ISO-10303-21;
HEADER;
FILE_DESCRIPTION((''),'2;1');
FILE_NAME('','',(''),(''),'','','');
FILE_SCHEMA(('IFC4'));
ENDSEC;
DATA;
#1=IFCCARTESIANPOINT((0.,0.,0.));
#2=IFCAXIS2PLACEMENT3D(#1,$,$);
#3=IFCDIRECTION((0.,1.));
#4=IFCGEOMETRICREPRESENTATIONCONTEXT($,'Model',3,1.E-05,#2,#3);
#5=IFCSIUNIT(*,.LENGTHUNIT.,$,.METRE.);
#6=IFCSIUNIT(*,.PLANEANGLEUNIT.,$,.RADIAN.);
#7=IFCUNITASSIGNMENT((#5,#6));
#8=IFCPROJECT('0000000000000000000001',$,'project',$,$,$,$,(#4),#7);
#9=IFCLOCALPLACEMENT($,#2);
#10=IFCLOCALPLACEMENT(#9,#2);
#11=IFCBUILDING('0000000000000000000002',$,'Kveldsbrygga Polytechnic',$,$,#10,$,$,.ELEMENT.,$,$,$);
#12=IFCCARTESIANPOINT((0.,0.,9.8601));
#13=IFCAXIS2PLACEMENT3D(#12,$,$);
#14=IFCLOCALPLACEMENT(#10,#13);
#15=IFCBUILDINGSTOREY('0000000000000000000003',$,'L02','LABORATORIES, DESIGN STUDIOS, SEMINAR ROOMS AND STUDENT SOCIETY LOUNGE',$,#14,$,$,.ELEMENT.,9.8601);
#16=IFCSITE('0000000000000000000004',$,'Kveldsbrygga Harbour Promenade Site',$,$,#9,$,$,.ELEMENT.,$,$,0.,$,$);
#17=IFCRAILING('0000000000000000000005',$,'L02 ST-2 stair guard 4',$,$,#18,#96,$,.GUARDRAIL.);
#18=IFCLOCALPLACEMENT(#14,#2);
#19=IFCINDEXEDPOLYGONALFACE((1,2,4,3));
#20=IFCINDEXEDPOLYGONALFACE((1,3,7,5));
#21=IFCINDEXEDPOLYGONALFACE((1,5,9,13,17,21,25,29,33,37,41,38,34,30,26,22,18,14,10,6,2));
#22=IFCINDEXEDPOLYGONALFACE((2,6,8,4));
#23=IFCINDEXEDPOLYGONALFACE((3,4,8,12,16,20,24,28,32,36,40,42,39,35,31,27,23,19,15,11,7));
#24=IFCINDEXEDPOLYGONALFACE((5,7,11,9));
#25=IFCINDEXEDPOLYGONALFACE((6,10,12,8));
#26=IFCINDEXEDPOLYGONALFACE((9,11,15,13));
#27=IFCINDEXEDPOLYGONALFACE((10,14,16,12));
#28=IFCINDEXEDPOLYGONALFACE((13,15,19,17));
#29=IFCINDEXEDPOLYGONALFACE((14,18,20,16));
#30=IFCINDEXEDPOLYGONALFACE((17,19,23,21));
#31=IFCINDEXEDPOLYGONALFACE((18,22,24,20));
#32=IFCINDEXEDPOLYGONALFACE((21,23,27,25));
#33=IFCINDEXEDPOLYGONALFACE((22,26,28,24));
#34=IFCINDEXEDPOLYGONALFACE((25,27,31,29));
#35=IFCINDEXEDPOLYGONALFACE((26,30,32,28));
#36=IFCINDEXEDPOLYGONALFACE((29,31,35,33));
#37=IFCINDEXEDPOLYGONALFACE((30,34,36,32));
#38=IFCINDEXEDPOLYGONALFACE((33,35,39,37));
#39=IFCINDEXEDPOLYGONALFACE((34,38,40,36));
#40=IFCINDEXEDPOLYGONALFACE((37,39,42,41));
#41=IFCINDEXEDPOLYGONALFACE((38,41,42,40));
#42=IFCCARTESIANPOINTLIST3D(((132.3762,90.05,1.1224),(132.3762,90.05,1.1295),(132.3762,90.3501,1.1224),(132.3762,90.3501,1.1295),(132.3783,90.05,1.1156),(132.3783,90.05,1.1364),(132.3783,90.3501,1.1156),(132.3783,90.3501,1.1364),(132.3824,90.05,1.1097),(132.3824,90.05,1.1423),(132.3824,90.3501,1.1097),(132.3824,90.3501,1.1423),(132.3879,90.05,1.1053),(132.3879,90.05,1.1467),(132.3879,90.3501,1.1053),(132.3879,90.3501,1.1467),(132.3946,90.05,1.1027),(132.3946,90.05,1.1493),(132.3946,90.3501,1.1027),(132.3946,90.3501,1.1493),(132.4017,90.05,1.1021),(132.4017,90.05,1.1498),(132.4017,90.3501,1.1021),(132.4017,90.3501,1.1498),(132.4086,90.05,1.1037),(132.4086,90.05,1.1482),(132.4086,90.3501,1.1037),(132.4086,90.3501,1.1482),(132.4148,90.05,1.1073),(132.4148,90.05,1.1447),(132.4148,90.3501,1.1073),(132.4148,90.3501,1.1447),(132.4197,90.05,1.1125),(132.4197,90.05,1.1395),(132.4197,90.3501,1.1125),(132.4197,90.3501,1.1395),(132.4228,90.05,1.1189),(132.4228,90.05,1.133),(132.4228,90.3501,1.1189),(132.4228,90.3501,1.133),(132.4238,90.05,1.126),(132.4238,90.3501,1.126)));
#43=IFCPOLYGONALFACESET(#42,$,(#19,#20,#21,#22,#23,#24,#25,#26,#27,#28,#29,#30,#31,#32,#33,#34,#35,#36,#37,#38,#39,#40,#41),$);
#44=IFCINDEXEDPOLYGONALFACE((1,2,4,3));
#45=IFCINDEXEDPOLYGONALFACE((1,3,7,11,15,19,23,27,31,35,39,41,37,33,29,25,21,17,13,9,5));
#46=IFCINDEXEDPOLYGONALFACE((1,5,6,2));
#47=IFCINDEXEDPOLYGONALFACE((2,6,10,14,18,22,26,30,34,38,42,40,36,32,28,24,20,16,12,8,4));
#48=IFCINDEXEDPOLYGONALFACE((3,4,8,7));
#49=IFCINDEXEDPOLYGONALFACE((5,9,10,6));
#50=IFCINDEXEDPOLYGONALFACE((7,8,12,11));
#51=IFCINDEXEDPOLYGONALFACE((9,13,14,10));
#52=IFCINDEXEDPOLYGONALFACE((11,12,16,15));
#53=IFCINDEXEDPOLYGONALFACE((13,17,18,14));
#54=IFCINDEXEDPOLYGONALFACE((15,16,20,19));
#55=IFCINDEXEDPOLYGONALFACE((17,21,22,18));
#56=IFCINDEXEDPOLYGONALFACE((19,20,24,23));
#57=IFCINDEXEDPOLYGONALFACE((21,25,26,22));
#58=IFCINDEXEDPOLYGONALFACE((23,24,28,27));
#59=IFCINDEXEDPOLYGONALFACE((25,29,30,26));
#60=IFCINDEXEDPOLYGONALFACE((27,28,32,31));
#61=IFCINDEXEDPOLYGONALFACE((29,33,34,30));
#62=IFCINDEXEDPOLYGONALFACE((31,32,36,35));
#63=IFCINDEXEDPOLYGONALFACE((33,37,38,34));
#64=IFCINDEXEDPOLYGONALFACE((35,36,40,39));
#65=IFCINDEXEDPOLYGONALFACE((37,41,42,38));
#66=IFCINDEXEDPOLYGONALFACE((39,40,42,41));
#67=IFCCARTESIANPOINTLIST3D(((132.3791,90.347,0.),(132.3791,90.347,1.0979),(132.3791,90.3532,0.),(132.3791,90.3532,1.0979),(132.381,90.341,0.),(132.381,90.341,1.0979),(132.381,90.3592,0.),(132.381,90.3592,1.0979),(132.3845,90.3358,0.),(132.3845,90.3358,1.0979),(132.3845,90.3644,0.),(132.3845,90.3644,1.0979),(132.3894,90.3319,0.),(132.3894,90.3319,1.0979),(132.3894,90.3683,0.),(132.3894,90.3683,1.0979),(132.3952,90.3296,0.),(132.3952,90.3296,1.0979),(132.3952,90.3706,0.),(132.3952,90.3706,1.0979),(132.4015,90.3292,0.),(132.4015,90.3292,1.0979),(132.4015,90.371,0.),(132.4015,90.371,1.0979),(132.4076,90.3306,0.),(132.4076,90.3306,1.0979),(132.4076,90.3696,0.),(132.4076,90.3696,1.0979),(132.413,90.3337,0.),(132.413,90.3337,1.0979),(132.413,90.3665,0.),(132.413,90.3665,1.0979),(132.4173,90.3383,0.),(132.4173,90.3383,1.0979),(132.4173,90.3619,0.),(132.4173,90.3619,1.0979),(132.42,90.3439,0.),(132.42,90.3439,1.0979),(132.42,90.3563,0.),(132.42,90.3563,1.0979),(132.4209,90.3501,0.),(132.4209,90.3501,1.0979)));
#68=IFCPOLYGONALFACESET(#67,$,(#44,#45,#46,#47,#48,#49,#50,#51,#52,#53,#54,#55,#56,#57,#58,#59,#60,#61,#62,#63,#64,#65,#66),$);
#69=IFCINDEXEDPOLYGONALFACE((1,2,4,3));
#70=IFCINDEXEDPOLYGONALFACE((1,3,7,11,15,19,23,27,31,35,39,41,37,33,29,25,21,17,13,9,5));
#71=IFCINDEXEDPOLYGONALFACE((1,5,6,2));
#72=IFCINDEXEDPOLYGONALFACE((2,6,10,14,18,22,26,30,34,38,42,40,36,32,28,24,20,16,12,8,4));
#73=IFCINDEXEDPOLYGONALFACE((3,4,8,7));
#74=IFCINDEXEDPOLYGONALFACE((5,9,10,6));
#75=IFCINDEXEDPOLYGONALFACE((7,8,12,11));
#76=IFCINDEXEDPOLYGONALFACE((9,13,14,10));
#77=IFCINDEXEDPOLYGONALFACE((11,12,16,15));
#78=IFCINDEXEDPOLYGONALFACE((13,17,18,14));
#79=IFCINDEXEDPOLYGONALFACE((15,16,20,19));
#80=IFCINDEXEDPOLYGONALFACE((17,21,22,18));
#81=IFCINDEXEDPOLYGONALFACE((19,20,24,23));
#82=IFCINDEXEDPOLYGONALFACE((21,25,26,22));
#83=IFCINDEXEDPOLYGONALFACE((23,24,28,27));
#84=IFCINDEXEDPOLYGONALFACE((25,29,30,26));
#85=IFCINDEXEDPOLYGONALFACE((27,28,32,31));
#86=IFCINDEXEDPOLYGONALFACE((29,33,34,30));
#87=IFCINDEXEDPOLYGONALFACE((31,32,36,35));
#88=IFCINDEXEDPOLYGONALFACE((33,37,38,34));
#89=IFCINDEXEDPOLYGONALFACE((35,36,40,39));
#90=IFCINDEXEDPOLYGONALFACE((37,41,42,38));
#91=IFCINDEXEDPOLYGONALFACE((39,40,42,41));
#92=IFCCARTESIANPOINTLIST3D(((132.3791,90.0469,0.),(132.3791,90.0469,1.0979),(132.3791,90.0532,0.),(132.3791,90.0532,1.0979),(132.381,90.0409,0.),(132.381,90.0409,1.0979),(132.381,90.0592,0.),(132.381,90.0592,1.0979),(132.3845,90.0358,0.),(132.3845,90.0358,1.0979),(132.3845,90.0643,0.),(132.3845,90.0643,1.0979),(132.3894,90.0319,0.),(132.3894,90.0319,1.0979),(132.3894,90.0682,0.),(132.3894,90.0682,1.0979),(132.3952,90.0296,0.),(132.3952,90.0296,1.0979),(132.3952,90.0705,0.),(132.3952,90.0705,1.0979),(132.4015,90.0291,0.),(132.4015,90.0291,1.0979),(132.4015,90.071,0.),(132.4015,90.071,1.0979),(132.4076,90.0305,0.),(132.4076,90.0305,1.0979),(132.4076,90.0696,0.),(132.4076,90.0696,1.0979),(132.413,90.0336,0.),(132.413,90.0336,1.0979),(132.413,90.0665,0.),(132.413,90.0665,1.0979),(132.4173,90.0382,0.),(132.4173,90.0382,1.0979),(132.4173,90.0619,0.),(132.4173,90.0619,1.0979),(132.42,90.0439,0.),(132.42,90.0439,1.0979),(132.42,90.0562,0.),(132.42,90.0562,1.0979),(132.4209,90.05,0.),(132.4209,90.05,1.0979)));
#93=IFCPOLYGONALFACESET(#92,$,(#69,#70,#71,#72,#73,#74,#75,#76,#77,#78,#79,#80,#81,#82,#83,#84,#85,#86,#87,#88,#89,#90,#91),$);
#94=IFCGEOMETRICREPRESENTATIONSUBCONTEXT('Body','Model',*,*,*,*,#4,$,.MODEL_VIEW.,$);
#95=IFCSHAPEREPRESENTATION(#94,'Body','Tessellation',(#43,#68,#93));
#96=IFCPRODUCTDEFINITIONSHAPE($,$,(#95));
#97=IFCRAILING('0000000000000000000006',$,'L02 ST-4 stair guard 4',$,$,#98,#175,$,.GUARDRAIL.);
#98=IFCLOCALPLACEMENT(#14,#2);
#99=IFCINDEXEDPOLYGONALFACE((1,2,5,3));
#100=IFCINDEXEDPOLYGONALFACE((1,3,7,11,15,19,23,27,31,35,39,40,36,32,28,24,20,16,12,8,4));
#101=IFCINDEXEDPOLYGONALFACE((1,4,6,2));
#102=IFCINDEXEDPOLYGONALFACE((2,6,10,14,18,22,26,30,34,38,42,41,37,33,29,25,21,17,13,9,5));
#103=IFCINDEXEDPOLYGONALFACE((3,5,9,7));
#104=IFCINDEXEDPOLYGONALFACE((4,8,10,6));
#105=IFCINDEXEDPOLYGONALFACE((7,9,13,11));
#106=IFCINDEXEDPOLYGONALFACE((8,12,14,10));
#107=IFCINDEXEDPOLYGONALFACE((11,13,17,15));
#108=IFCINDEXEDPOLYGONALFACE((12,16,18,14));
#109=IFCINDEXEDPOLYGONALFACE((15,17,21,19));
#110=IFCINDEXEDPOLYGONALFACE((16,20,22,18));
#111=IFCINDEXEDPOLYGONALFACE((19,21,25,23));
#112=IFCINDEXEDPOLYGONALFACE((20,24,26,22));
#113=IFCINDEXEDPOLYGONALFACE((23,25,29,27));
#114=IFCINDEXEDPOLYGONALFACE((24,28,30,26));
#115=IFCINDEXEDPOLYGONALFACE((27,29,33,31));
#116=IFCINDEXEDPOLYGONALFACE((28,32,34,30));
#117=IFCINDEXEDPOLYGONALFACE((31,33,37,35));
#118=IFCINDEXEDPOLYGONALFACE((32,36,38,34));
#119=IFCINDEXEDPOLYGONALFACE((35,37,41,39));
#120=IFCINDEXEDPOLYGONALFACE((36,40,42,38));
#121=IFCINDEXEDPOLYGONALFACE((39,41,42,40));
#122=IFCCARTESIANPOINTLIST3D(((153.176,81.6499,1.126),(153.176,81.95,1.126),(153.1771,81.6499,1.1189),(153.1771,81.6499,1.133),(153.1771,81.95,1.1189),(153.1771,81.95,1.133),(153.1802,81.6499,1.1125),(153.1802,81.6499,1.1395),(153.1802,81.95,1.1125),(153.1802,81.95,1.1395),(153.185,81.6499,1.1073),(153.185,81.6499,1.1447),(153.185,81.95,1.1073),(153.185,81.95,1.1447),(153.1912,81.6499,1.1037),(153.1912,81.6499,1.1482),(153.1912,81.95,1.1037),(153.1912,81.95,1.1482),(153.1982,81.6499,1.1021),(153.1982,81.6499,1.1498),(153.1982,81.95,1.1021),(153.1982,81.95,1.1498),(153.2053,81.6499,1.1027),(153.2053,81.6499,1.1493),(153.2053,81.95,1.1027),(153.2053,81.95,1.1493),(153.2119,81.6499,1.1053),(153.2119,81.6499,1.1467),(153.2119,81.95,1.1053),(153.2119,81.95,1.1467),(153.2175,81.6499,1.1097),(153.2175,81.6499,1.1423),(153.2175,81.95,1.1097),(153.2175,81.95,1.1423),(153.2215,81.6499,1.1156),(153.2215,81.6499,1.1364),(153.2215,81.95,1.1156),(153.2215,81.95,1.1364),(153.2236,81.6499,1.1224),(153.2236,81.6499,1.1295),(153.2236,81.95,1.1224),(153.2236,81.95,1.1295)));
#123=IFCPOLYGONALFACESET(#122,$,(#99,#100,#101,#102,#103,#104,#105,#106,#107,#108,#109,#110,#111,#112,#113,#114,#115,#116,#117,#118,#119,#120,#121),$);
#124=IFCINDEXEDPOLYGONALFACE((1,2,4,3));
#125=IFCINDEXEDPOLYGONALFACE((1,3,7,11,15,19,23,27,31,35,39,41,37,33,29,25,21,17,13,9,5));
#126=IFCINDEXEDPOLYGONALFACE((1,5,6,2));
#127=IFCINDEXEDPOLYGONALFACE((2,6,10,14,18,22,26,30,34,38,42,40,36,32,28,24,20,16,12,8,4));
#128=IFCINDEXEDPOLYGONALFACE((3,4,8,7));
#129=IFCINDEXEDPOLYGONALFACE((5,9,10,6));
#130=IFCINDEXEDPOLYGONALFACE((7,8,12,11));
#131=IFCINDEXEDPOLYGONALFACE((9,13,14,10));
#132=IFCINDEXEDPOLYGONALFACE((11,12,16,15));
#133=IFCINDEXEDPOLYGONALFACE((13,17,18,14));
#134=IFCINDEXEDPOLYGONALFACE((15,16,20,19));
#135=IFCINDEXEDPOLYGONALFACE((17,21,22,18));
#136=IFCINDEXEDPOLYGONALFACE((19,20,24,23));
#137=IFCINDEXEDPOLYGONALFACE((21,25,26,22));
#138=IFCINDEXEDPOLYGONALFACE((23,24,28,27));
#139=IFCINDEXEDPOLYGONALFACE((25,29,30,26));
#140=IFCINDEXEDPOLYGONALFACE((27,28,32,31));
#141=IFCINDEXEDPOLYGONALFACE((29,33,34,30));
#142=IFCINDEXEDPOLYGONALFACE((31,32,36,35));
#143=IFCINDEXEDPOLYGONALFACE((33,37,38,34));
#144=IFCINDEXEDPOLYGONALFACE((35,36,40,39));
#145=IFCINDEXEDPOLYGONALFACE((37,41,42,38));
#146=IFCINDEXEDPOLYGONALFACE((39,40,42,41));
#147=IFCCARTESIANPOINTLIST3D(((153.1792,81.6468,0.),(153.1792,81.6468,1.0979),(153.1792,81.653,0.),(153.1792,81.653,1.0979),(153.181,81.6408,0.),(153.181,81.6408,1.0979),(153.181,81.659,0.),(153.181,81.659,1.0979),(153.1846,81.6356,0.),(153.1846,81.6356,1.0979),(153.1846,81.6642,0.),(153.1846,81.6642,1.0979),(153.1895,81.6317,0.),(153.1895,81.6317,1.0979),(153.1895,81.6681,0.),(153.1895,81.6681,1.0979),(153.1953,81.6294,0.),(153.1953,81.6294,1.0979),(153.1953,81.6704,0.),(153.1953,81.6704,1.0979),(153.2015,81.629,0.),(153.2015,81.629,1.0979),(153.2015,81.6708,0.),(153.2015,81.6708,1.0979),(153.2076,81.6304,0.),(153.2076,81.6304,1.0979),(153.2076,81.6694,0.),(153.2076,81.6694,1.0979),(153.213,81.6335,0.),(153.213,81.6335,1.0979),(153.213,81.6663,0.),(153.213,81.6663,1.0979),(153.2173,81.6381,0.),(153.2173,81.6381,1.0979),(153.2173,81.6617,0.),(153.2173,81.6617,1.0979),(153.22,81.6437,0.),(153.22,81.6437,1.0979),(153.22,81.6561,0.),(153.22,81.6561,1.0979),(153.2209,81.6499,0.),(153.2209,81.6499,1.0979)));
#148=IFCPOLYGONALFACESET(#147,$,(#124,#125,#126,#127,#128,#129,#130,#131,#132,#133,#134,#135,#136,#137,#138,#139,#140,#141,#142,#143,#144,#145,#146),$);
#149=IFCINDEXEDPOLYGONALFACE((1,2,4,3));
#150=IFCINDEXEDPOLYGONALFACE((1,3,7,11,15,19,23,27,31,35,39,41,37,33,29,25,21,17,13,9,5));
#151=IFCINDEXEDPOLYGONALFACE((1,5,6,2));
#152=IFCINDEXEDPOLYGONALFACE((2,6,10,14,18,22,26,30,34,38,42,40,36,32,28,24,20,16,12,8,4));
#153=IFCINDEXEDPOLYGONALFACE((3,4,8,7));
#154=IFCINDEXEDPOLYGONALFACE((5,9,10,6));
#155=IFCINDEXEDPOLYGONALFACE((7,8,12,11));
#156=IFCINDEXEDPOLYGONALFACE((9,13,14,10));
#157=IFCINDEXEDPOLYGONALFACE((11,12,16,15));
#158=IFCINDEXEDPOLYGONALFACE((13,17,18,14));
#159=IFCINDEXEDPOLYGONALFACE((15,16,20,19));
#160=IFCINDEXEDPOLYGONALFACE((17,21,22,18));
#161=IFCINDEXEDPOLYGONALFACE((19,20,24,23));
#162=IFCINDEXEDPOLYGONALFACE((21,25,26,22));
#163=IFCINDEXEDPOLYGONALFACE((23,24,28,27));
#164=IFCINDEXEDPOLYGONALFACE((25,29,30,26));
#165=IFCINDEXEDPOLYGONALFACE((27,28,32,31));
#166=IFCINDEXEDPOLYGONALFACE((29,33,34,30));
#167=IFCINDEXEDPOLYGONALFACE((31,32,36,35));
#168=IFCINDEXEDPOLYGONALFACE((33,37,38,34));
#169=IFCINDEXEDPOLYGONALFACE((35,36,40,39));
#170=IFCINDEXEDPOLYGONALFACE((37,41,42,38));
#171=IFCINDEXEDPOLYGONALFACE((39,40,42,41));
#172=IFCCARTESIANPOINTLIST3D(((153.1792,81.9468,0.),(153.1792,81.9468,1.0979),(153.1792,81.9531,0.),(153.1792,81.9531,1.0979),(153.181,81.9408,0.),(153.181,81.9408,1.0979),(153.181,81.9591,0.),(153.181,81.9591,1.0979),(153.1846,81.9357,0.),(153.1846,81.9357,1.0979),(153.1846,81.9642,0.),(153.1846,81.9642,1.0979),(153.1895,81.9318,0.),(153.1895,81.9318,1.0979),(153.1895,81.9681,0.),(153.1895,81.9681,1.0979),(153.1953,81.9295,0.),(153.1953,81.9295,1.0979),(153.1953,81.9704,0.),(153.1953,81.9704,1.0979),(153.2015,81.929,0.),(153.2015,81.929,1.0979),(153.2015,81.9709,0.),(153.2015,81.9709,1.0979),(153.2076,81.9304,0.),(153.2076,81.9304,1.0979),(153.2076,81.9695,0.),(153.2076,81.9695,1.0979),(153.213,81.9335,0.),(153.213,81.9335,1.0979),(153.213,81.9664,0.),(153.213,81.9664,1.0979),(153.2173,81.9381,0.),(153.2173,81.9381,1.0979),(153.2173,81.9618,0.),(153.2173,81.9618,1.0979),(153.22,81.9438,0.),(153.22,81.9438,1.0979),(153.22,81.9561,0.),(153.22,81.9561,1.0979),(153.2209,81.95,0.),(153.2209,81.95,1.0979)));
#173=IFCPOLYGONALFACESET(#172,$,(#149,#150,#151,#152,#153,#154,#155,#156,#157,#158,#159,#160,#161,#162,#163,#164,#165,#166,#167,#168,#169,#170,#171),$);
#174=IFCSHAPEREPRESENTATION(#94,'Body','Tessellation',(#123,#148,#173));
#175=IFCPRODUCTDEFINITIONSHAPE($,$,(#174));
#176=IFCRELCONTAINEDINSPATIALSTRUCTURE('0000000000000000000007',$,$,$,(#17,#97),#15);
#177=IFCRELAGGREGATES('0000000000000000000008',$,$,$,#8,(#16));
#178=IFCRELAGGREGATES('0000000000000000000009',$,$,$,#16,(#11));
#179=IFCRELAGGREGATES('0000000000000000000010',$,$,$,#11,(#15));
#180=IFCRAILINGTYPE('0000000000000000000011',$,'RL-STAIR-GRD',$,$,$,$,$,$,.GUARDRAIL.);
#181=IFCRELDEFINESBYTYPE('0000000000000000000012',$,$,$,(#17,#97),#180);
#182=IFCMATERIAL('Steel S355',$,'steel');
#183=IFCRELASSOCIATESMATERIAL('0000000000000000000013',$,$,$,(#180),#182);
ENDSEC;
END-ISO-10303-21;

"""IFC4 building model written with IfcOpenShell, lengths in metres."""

from ifc_helpers import new_model, si_unit, direction, frame, origin, origin_2d, place, context, subcontext, project, spatial, circle, extrude, material, type_object, element, save


model = new_model("IFC4")

# Units and contexts
model_context = context("Model", 3, precision=1e-05, world=origin(), true_north=direction((0.0, 1.0)))
body_context = subcontext(model_context, "Body", "Model", "MODEL_VIEW")
ifc_project = project(units=[si_unit("LENGTHUNIT", "METRE"), si_unit("PLANEANGLEUNIT", "RADIAN")], contexts=[model_context])

# Site, building, storey
site_placement = place(None, origin())
site = spatial("IfcSite", under=ifc_project, at=site_placement, Name="Kveldsbrygga Harbour Promenade Site", CompositionType="ELEMENT", RefElevation=0.0)
building_placement = place(site_placement, origin())
building = spatial("IfcBuilding", under=site, at=building_placement, Name="Kveldsbrygga Polytechnic", CompositionType="ELEMENT")
storey_placement = place(building_placement, frame((0.0, 0.0, 9.8601)))
storey = spatial("IfcBuildingStorey", under=building, at=storey_placement, Name="L02", Description="LABORATORIES, DESIGN STUDIOS, SEMINAR ROOMS AND STUDENT SOCIETY LOUNGE", CompositionType="ELEMENT", Elevation=9.8601)

# Shared definitions
ifc_material_1 = material(Name="Steel S355", Category="steel")

# Railings
railing_type_1 = type_object("IfcRailingType", Name="RL-STAIR-GRD", PredefinedType="GUARDRAIL", material=ifc_material_1)
railing_1_placement = place(storey_placement, frame((132.3999, 90.3501, 0.0)))
element("IfcRailing", 1, at=railing_1_placement, inside=storey, type_object=railing_type_1, Name="L02 ST-2 stair guard 4", PredefinedType="GUARDRAIL", context=body_context, shape_type="SweptSolid", body=[
    extrude(circle(Radius=0.0239, at=origin_2d()), frame((0.0, 0.0, 1.126), z_axis=(0.0, -1.0, 0.0), x_axis=(1.0, 0.0, 0.0)), (0.0, 0.0, 1.0), 0.3),
    extrude(circle(Radius=0.021, at=origin_2d()), origin(), (0.0, 0.0, 1.0), 1.0979),
    extrude(circle(Radius=0.021, at=origin_2d()), frame((0.0, -0.3, 0.0)), (0.0, 0.0, 1.0), 1.0979),
])
railing_2_placement = place(storey_placement, frame((153.2, 81.6499, 0.0)))
element("IfcRailing", 2, at=railing_2_placement, inside=storey, type_object=railing_type_1, Name="L02 ST-4 stair guard 4", PredefinedType="GUARDRAIL", context=body_context, shape_type="SweptSolid", body=[
    extrude(circle(Radius=0.0239, at=origin_2d()), frame((0.0, 0.0, 1.126), z_axis=(0.0, 1.0, 0.0), x_axis=(-1.0, 0.0, 0.0)), (0.0, 0.0, 1.0), 0.3),
    extrude(circle(Radius=0.021, at=origin_2d()), origin(), (0.0, 0.0, 1.0), 1.0979),
    extrude(circle(Radius=0.021, at=origin_2d()), frame((0.0, 0.3, 0.0)), (0.0, 0.0, 1.0), 1.0979),
])

save(model, "model.ifc")
